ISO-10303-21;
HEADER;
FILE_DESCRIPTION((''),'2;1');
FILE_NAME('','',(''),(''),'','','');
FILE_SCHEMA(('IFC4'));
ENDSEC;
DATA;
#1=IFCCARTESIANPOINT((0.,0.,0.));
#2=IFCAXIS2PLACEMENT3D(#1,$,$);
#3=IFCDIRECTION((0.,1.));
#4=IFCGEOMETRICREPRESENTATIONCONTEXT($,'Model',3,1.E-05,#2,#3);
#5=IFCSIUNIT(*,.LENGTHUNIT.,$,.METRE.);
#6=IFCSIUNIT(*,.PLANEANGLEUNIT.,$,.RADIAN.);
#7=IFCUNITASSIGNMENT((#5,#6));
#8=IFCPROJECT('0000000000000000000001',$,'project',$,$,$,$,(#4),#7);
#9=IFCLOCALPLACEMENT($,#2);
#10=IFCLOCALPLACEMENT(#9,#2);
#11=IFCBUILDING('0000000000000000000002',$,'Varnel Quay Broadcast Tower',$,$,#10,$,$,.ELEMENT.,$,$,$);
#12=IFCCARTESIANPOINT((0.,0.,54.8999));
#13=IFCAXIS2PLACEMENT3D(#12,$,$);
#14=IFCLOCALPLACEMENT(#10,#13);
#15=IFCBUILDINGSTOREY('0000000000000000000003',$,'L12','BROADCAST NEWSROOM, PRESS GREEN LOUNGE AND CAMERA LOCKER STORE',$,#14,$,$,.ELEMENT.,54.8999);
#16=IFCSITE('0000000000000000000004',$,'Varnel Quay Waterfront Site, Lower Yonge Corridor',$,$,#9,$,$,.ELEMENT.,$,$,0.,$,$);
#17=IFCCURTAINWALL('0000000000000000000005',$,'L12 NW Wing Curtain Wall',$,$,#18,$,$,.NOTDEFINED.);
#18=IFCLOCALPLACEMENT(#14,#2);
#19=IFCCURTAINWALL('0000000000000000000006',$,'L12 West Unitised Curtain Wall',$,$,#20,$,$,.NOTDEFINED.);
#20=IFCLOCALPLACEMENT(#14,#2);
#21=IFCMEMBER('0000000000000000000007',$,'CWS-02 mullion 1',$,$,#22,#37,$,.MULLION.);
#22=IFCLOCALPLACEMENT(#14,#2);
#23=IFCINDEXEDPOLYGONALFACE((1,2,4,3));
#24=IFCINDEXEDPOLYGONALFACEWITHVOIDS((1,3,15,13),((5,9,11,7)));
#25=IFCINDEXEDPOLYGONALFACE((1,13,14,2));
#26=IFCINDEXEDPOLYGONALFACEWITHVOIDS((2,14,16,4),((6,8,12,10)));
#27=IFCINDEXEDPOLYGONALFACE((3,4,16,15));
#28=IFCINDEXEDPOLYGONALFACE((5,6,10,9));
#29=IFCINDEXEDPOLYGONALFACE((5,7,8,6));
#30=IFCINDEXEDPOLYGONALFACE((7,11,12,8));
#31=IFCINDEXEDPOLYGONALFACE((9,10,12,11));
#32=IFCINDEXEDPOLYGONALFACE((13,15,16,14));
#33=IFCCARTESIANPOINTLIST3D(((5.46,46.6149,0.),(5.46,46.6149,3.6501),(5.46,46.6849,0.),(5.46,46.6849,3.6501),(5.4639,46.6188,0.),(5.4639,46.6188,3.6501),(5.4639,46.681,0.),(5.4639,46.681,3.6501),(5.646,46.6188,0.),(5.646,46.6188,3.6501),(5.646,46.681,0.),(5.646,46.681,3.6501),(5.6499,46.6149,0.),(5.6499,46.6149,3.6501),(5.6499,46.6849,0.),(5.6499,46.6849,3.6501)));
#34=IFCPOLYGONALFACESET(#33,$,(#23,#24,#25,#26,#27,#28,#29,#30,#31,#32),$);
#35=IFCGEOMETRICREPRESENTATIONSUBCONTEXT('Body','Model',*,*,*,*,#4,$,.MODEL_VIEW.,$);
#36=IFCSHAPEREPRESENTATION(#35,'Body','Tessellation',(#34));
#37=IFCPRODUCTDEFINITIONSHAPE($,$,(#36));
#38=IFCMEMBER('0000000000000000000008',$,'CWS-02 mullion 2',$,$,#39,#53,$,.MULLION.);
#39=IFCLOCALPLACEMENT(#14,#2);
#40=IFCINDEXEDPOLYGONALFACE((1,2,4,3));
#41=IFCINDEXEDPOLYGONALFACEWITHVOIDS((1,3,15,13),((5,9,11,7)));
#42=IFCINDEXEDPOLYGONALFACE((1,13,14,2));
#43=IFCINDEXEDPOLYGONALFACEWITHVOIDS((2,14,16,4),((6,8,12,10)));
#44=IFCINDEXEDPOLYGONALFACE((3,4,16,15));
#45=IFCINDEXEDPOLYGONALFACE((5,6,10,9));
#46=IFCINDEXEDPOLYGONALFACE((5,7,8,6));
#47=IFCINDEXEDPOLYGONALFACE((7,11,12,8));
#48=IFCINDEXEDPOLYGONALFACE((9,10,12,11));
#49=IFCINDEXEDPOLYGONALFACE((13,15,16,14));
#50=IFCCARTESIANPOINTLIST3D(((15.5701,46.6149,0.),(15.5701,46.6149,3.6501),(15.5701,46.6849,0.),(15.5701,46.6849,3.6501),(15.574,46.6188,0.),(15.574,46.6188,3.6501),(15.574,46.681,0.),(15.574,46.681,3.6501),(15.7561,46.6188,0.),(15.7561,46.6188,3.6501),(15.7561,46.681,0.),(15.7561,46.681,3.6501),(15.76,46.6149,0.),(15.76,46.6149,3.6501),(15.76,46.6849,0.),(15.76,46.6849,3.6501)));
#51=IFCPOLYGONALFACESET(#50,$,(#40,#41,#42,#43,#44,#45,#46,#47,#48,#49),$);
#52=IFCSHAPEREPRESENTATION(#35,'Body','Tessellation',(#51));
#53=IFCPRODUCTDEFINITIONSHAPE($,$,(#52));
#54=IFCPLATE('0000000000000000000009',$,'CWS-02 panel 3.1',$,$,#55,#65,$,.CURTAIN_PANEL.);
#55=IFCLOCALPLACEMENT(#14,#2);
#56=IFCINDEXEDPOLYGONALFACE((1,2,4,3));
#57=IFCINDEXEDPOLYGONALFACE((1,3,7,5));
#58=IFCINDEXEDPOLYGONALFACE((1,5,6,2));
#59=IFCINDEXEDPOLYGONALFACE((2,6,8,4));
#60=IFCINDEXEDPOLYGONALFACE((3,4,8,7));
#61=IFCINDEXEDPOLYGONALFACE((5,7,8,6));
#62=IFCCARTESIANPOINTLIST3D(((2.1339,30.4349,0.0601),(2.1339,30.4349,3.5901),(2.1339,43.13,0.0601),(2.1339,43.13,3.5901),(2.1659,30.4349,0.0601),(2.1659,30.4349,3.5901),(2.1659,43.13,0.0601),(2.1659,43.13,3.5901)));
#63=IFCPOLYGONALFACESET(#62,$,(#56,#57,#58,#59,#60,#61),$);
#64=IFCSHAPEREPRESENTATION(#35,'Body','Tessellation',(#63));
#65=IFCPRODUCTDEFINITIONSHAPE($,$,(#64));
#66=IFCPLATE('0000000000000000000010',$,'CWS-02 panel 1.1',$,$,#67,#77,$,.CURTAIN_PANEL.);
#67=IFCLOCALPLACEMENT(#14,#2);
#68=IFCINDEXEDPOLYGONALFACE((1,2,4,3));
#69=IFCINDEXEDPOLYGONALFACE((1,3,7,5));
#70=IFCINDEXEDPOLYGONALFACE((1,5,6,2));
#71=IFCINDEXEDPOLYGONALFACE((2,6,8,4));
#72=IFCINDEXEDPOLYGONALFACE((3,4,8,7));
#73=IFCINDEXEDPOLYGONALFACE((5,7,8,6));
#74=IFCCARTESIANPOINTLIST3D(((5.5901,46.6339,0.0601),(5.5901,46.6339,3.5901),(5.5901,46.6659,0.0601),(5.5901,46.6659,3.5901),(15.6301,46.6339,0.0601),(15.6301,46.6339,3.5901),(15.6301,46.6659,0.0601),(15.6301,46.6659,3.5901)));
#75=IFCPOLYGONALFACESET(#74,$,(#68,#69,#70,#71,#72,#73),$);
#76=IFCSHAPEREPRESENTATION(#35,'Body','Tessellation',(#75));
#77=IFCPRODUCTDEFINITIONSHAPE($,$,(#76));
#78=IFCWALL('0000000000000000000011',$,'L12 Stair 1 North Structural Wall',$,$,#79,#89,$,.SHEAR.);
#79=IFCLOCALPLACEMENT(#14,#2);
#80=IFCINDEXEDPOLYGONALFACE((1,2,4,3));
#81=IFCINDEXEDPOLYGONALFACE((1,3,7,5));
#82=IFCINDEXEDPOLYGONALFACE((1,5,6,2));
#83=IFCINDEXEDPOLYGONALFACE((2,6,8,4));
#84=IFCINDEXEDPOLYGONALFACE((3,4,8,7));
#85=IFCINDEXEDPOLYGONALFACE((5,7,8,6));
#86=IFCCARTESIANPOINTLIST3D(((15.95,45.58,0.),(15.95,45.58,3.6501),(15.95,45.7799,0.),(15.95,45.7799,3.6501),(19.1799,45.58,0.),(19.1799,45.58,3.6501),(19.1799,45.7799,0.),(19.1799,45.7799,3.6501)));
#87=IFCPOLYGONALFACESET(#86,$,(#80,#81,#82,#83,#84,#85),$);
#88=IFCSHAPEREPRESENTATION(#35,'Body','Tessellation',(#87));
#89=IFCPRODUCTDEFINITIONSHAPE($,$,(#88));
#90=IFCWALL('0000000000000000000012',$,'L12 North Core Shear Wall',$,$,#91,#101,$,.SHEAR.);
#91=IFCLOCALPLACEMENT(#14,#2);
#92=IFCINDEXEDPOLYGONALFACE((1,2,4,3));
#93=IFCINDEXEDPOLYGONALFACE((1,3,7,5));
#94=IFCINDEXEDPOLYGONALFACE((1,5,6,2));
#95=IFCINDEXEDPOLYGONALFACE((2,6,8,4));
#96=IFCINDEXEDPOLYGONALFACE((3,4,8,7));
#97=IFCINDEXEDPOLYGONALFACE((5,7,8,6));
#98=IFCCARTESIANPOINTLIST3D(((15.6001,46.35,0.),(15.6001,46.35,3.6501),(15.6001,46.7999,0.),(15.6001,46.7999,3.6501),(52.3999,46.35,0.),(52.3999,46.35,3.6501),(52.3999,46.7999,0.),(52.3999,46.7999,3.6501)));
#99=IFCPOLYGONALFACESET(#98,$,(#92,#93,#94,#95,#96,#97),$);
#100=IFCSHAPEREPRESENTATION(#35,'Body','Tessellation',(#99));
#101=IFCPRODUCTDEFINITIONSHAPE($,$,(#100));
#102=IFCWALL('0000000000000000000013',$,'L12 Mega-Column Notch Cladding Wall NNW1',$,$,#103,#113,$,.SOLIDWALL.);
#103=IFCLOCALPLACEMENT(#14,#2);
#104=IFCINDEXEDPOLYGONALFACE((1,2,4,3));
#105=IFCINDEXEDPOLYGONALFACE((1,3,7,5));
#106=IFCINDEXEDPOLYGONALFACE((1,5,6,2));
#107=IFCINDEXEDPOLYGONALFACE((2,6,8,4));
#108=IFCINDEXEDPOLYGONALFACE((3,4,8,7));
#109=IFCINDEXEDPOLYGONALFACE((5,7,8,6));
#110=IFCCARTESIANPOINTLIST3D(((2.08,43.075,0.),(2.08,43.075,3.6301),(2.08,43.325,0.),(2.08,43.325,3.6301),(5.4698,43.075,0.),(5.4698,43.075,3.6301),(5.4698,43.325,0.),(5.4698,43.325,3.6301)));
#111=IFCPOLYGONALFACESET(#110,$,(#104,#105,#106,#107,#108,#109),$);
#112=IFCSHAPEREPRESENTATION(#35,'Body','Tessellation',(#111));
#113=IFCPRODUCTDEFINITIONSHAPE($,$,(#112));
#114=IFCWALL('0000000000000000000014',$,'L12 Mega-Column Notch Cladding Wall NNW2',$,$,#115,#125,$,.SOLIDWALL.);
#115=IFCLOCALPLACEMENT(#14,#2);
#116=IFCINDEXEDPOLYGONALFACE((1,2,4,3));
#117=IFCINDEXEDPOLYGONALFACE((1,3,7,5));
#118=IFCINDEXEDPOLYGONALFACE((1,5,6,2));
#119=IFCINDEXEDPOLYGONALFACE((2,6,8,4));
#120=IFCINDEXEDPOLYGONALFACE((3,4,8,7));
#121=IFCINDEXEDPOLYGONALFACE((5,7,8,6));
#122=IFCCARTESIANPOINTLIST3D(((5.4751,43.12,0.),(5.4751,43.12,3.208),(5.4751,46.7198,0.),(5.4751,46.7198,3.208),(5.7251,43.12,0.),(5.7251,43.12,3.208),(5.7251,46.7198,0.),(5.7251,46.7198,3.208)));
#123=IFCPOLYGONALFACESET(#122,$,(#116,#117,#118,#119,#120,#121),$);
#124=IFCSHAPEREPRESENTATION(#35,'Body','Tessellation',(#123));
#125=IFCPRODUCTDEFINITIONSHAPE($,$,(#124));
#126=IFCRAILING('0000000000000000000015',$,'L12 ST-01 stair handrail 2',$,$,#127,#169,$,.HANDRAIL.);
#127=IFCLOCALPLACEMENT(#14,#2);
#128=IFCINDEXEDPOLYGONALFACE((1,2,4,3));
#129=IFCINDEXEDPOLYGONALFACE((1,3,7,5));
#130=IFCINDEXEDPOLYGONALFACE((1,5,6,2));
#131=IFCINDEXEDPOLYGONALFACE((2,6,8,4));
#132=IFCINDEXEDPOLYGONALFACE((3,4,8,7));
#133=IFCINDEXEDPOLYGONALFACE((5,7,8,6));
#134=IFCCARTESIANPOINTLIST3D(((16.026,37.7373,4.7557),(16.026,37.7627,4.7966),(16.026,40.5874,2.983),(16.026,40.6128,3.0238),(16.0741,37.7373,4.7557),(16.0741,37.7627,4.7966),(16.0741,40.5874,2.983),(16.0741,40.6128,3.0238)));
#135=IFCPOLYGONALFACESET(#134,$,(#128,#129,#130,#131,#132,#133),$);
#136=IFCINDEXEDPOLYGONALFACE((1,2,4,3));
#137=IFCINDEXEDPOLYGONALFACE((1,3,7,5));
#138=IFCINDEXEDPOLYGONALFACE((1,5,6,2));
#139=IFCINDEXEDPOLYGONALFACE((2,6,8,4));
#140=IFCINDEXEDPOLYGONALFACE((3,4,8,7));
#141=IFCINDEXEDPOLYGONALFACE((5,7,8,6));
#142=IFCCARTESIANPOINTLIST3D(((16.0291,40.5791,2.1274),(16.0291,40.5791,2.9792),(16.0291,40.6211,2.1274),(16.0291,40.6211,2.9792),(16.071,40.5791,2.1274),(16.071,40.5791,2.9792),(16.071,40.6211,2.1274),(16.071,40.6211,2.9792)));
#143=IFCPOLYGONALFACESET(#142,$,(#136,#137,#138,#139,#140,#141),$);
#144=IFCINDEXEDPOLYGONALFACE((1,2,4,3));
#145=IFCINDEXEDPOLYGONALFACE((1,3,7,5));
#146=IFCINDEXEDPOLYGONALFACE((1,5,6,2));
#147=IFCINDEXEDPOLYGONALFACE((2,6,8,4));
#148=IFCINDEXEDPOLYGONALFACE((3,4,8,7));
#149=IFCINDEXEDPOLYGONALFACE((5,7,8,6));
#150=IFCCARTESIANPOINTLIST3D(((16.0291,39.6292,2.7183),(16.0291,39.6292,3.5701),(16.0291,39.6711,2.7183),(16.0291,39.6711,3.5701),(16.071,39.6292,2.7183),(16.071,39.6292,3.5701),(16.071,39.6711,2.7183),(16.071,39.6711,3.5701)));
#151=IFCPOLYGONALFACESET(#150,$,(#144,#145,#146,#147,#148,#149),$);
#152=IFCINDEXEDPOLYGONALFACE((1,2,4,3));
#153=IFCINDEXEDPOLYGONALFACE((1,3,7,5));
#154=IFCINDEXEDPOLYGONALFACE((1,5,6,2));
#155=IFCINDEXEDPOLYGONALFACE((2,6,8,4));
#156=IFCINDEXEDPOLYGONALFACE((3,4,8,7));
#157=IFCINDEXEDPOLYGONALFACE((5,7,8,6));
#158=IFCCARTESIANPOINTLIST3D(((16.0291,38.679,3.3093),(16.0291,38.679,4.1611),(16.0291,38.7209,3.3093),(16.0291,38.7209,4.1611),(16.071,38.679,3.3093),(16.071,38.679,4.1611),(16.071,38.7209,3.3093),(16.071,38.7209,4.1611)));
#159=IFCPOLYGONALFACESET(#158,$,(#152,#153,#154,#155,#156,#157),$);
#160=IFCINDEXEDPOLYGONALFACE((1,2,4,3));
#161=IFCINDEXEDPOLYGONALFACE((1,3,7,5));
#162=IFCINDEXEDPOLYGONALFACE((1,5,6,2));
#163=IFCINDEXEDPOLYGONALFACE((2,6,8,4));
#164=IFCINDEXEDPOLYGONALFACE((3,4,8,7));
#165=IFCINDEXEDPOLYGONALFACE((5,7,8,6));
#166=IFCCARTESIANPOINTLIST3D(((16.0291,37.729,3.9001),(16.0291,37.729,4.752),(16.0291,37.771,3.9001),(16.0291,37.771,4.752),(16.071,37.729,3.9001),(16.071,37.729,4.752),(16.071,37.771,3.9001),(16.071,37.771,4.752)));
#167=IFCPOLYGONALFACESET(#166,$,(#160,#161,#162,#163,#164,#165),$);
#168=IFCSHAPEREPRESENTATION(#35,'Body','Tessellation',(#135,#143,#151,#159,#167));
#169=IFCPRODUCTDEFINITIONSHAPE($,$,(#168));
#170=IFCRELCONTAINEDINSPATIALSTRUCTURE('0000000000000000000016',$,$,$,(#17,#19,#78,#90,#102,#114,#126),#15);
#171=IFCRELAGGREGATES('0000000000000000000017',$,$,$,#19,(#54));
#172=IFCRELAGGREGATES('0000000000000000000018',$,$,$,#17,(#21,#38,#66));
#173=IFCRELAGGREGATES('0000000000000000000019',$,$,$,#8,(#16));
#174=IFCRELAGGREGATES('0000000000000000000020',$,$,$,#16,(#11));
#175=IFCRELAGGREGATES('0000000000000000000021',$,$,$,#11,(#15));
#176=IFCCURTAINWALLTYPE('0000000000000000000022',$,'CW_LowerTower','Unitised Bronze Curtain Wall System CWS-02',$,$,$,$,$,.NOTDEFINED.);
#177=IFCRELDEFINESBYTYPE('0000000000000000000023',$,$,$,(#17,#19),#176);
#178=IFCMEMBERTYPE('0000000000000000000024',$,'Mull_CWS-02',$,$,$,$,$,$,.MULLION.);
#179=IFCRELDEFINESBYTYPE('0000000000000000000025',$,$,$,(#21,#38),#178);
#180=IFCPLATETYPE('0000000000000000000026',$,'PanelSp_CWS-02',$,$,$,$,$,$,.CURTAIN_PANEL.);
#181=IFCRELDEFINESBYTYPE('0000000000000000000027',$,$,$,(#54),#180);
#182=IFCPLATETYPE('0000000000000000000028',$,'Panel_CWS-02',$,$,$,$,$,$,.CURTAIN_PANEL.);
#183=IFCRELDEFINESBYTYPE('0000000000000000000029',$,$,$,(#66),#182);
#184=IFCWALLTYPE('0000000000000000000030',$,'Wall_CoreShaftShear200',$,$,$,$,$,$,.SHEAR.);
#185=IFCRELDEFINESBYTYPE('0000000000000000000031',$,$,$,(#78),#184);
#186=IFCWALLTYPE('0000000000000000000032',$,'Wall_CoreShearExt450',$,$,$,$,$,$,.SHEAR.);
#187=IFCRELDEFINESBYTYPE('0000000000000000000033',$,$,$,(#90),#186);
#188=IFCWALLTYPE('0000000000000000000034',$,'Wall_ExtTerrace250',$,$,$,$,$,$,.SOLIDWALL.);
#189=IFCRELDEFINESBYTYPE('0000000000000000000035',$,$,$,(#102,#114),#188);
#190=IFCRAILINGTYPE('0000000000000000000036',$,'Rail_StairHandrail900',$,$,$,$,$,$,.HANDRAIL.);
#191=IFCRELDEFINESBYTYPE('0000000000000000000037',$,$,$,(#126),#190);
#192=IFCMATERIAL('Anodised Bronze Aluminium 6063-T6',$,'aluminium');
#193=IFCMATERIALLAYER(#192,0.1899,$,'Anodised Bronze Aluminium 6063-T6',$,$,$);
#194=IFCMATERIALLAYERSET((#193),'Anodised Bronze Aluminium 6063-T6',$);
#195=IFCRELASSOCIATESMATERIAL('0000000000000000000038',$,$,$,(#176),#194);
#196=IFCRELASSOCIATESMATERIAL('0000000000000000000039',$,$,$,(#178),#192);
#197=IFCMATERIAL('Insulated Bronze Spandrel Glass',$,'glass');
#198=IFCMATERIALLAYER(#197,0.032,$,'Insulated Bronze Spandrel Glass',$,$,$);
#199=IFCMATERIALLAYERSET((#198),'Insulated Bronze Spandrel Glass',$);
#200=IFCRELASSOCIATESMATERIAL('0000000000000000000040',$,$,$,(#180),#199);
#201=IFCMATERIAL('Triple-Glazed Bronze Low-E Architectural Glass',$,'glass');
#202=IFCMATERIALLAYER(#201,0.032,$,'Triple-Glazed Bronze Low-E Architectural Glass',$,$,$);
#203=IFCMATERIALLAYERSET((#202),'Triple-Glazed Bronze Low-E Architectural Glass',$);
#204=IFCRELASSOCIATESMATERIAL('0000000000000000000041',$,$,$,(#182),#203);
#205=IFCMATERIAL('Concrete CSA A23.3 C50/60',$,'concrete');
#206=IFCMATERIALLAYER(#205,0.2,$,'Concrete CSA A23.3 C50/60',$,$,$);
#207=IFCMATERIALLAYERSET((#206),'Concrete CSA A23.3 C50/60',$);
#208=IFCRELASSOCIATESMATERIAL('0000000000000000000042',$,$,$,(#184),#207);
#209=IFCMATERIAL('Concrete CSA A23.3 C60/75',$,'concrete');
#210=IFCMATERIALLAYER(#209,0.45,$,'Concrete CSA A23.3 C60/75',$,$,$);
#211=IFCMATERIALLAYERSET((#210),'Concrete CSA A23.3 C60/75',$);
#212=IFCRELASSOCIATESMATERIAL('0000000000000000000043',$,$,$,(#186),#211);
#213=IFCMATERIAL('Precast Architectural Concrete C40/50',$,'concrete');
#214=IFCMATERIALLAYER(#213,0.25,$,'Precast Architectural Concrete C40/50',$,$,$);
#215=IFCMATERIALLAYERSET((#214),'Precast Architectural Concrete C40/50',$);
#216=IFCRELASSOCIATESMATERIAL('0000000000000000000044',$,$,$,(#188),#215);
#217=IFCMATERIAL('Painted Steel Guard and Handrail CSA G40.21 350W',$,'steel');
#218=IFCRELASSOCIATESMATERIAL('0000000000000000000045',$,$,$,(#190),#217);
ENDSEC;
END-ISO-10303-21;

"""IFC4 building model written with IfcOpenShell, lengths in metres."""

from ifc_helpers import new_model, si_unit, direction, frame, frame_2d, origin, origin_2d, place, context, subcontext, project, spatial, rectangle, hollow_rectangle, extrude, source, transform, mapped, material, layer, layer_set, material_profile, profile_set, type_object, type_shapes, element, aggregate, save


model = new_model("IFC4")

# Units and contexts
model_context = context("Model", 3, precision=1e-05, world=origin(), true_north=direction((0.0, 1.0)))
body_context = subcontext(model_context, "Body", "Model", "MODEL_VIEW")
ifc_project = project(units=[si_unit("LENGTHUNIT", "METRE"), si_unit("PLANEANGLEUNIT", "RADIAN")], contexts=[model_context])

# Site, building, storey
site_placement = place(None, origin())
site = spatial("IfcSite", under=ifc_project, at=site_placement, Name="Varnel Quay Waterfront Site, Lower Yonge Corridor", CompositionType="ELEMENT", RefElevation=0.0)
building_placement = place(site_placement, origin())
building = spatial("IfcBuilding", under=site, at=building_placement, Name="Varnel Quay Broadcast Tower", CompositionType="ELEMENT")
storey_placement = place(building_placement, frame((0.0, 0.0, 54.8999)))
storey = spatial("IfcBuildingStorey", under=building, at=storey_placement, Name="L12", Description="BROADCAST NEWSROOM, PRESS GREEN LOUNGE AND CAMERA LOCKER STORE", CompositionType="ELEMENT", Elevation=54.8999)

# Curtain wall
ifc_material_1 = material(Name="Anodised Bronze Aluminium 6063-T6", Category="aluminium")
ifc_layer_1 = layer(ifc_material_1, 0.1899, Name="Anodised Bronze Aluminium 6063-T6")
ifc_layer_set_1 = layer_set([ifc_layer_1], Name="Anodised Bronze Aluminium 6063-T6")
curtain_wall_type = type_object("IfcCurtainWallType", Name="CW_LowerTower", Description="Unitised Bronze Curtain Wall System CWS-02", PredefinedType="NOTDEFINED", material=ifc_layer_set_1)
curtain_wall_1_placement = place(storey_placement, origin())
curtain_wall_1 = element("IfcCurtainWall", 1, at=curtain_wall_1_placement, inside=storey, type_object=curtain_wall_type, Name="L12 NW Wing Curtain Wall", PredefinedType="NOTDEFINED")

# Curtain wall
curtain_wall_2_placement = place(storey_placement, origin())
curtain_wall_2 = element("IfcCurtainWall", 2, at=curtain_wall_2_placement, inside=storey, type_object=curtain_wall_type, Name="L12 West Unitised Curtain Wall", PredefinedType="NOTDEFINED")
ifc_material_profile_1 = material_profile(ifc_material_1, hollow_rectangle(XDim=0.0701, YDim=0.1899, WallThickness=0.0039, at=origin_2d()), Name="ALU70X190X4")
ifc_profile_set_1 = profile_set([ifc_material_profile_1], Name="Anodised Bronze Aluminium 6063-T6")
member_type_1 = type_object("IfcMemberType", Name="Mull_CWS-02", PredefinedType="MULLION", material=ifc_profile_set_1)
shared_shape_1 = source(origin(), body_context, "Body", "SweptSolid", [
    extrude(hollow_rectangle(XDim=0.0701, YDim=0.1899, WallThickness=0.0039, at=origin_2d()), origin(), (0.0, 0.0, 1.0), 3.6501),
])
type_shapes(member_type_1, [shared_shape_1])

# Members
member_1_placement = place(storey_placement, frame((5.5549, 46.6499, 0.0), z_axis=(0.0, 0.0, 1.0), x_axis=(0.0, 1.0, 0.0)))
member_1 = element("IfcMember", 3, at=member_1_placement, type_object=member_type_1, Name="CWS-02 mullion 1", PredefinedType="MULLION", context=body_context, shape_type="MappedRepresentation", body=[
    mapped(shared_shape_1, transform((0.0, 0.0, 0.0), x_axis=(1.0, 0.0, 0.0), y_axis=(0.0, 1.0, 0.0), z_axis=(0.0, 0.0, 1.0), scale=1.0)),
])
member_2_placement = place(storey_placement, frame((15.665, 46.6499, 0.0), z_axis=(0.0, 0.0, 1.0), x_axis=(0.0, 1.0, 0.0)))
member_2 = element("IfcMember", 4, at=member_2_placement, type_object=member_type_1, Name="CWS-02 mullion 2", PredefinedType="MULLION", context=body_context, shape_type="MappedRepresentation", body=[
    mapped(shared_shape_1, transform((0.0, 0.0, 0.0), x_axis=(1.0, 0.0, 0.0), y_axis=(0.0, 1.0, 0.0), z_axis=(0.0, 0.0, 1.0), scale=1.0)),
])

# Plates
ifc_material_2 = material(Name="Insulated Bronze Spandrel Glass", Category="glass")
ifc_layer_2 = layer(ifc_material_2, 0.032, Name="Insulated Bronze Spandrel Glass")
ifc_layer_set_2 = layer_set([ifc_layer_2], Name="Insulated Bronze Spandrel Glass")
plate_type_1 = type_object("IfcPlateType", Name="PanelSp_CWS-02", PredefinedType="CURTAIN_PANEL", material=ifc_layer_set_2)
shared_shape_2 = source(origin(), body_context, "Body", "SweptSolid", [
    extrude(rectangle(XDim=12.6951, YDim=0.032, at=origin_2d()), origin(), (0.0, 0.0, 1.0), 3.53),
])
type_shapes(plate_type_1, [shared_shape_2])
plate_1_placement = place(storey_placement, frame((2.1499, 36.7825, 0.0601), z_axis=(0.0, 0.0, 1.0), x_axis=(0.0, 1.0, 0.0)))
plate_1 = element("IfcPlate", 5, at=plate_1_placement, type_object=plate_type_1, Name="CWS-02 panel 3.1", PredefinedType="CURTAIN_PANEL", context=body_context, shape_type="MappedRepresentation", body=[
    mapped(shared_shape_2, transform((0.0, 0.0, 0.0), x_axis=(1.0, 0.0, 0.0), y_axis=(0.0, 1.0, 0.0), z_axis=(0.0, 0.0, 1.0), scale=1.0)),
])
aggregate(curtain_wall_2, [plate_1])
ifc_material_3 = material(Name="Triple-Glazed Bronze Low-E Architectural Glass", Category="glass")
ifc_layer_3 = layer(ifc_material_3, 0.032, Name="Triple-Glazed Bronze Low-E Architectural Glass")
ifc_layer_set_3 = layer_set([ifc_layer_3], Name="Triple-Glazed Bronze Low-E Architectural Glass")
plate_type_2 = type_object("IfcPlateType", Name="Panel_CWS-02", PredefinedType="CURTAIN_PANEL", material=ifc_layer_set_3)
shared_shape_3 = source(origin(), body_context, "Body", "SweptSolid", [
    extrude(rectangle(XDim=10.04, YDim=0.032, at=origin_2d()), origin(), (0.0, 0.0, 1.0), 3.53),
])
type_shapes(plate_type_2, [shared_shape_3])
plate_2_placement = place(storey_placement, frame((10.6101, 46.6499, 0.0601), z_axis=(0.0, 0.0, 1.0), x_axis=(1.0, 0.0, 0.0)))
plate_2 = element("IfcPlate", 6, at=plate_2_placement, type_object=plate_type_2, Name="CWS-02 panel 1.1", PredefinedType="CURTAIN_PANEL", context=body_context, shape_type="MappedRepresentation", body=[
    mapped(shared_shape_3, transform((0.0, 0.0, 0.0), x_axis=(1.0, 0.0, 0.0), y_axis=(0.0, 1.0, 0.0), z_axis=(0.0, 0.0, 1.0), scale=1.0)),
])
aggregate(curtain_wall_1, [member_1, member_2, plate_2])

# Walls
ifc_material_4 = material(Name="Concrete CSA A23.3 C50/60", Category="concrete")
ifc_layer_4 = layer(ifc_material_4, 0.2, Name="Concrete CSA A23.3 C50/60")
ifc_layer_set_4 = layer_set([ifc_layer_4], Name="Concrete CSA A23.3 C50/60")
wall_type_1 = type_object("IfcWallType", Name="Wall_CoreShaftShear200", PredefinedType="SHEAR", material=ifc_layer_set_4)
wall_1_placement = place(storey_placement, frame((15.95, 45.6799, 0.0), z_axis=(0.0, 0.0, 1.0), x_axis=(1.0, 0.0, 0.0)))
element("IfcWall", 7, at=wall_1_placement, inside=storey, type_object=wall_type_1, Name="L12 Stair 1 North Structural Wall", PredefinedType="SHEAR", context=body_context, shape_type="SweptSolid", body=[
    extrude(rectangle(XDim=3.23, YDim=0.2, at=frame_2d((1.615, 0.0))), origin(), (0.0, 0.0, 1.0), 3.6501),
])
ifc_material_5 = material(Name="Concrete CSA A23.3 C60/75", Category="concrete")
ifc_layer_5 = layer(ifc_material_5, 0.45, Name="Concrete CSA A23.3 C60/75")
ifc_layer_set_5 = layer_set([ifc_layer_5], Name="Concrete CSA A23.3 C60/75")
wall_type_2 = type_object("IfcWallType", Name="Wall_CoreShearExt450", PredefinedType="SHEAR", material=ifc_layer_set_5)
wall_2_placement = place(storey_placement, frame((15.6001, 46.575, 0.0), z_axis=(0.0, 0.0, 1.0), x_axis=(1.0, 0.0, 0.0)))
element("IfcWall", 8, at=wall_2_placement, inside=storey, type_object=wall_type_2, Name="L12 North Core Shear Wall", PredefinedType="SHEAR", context=body_context, shape_type="SweptSolid", body=[
    extrude(rectangle(XDim=36.7998, YDim=0.45, at=frame_2d((18.3999, 0.0))), origin(), (0.0, 0.0, 1.0), 3.6501),
])
ifc_material_6 = material(Name="Precast Architectural Concrete C40/50", Category="concrete")
ifc_layer_6 = layer(ifc_material_6, 0.25, Name="Precast Architectural Concrete C40/50")
ifc_layer_set_6 = layer_set([ifc_layer_6], Name="Precast Architectural Concrete C40/50")
wall_type_3 = type_object("IfcWallType", Name="Wall_ExtTerrace250", PredefinedType="SOLIDWALL", material=ifc_layer_set_6)
wall_3_placement = place(storey_placement, frame((2.0801, 43.2, 0.0), z_axis=(0.0, 0.0, 1.0), x_axis=(1.0, 0.0, 0.0)))
element("IfcWall", 9, at=wall_3_placement, inside=storey, type_object=wall_type_3, Name="L12 Mega-Column Notch Cladding Wall NNW1", PredefinedType="SOLIDWALL", context=body_context, shape_type="SweptSolid", body=[
    extrude(rectangle(XDim=3.3899, YDim=0.25, at=frame_2d((1.6948, 0.0))), origin(), (0.0, 0.0, 1.0), 3.6301),
])
wall_4_placement = place(storey_placement, frame((5.6001, 43.1201, 0.0), z_axis=(0.0, 0.0, 1.0), x_axis=(0.0, 1.0, 0.0)))
element("IfcWall", 10, at=wall_4_placement, inside=storey, type_object=wall_type_3, Name="L12 Mega-Column Notch Cladding Wall NNW2", PredefinedType="SOLIDWALL", context=body_context, shape_type="SweptSolid", body=[
    extrude(rectangle(XDim=3.5999, YDim=0.25, at=frame_2d((1.7998, 0.0))), origin(), (0.0, 0.0, 1.0), 3.208),
])

# Railing
ifc_material_7 = material(Name="Painted Steel Guard and Handrail CSA G40.21 350W", Category="steel")
railing_type = type_object("IfcRailingType", Name="Rail_StairHandrail900", PredefinedType="HANDRAIL", material=ifc_material_7)
railing_placement = place(storey_placement, frame((16.05, 40.6001, 2.1274)))
element("IfcRailing", 11, at=railing_placement, inside=storey, type_object=railing_type, Name="L12 ST-01 stair handrail 2", PredefinedType="HANDRAIL", context=body_context, shape_type="SweptSolid", body=[
    extrude(rectangle(XDim=0.0481, YDim=0.0481, at=origin_2d()), frame((0.0, 0.0, 0.876), z_axis=(0.0, -0.849149, 0.528154), x_axis=(1.0, 0.0, 0.0)), (0.0, 0.0, 1.0), 3.3564),
    extrude(rectangle(XDim=0.042, YDim=0.042, at=origin_2d()), origin(), (0.0, 0.0, 1.0), 0.8518),
    extrude(rectangle(XDim=0.042, YDim=0.042, at=origin_2d()), frame((0.0, -0.95, 0.5908)), (0.0, 0.0, 1.0), 0.8518),
    extrude(rectangle(XDim=0.042, YDim=0.042, at=origin_2d()), frame((0.0, -1.9001, 1.1819)), (0.0, 0.0, 1.0), 0.8518),
    extrude(rectangle(XDim=0.042, YDim=0.042, at=origin_2d()), frame((0.0, -2.8501, 1.7727)), (0.0, 0.0, 1.0), 0.8518),
])

save(model, "model.ifc")
